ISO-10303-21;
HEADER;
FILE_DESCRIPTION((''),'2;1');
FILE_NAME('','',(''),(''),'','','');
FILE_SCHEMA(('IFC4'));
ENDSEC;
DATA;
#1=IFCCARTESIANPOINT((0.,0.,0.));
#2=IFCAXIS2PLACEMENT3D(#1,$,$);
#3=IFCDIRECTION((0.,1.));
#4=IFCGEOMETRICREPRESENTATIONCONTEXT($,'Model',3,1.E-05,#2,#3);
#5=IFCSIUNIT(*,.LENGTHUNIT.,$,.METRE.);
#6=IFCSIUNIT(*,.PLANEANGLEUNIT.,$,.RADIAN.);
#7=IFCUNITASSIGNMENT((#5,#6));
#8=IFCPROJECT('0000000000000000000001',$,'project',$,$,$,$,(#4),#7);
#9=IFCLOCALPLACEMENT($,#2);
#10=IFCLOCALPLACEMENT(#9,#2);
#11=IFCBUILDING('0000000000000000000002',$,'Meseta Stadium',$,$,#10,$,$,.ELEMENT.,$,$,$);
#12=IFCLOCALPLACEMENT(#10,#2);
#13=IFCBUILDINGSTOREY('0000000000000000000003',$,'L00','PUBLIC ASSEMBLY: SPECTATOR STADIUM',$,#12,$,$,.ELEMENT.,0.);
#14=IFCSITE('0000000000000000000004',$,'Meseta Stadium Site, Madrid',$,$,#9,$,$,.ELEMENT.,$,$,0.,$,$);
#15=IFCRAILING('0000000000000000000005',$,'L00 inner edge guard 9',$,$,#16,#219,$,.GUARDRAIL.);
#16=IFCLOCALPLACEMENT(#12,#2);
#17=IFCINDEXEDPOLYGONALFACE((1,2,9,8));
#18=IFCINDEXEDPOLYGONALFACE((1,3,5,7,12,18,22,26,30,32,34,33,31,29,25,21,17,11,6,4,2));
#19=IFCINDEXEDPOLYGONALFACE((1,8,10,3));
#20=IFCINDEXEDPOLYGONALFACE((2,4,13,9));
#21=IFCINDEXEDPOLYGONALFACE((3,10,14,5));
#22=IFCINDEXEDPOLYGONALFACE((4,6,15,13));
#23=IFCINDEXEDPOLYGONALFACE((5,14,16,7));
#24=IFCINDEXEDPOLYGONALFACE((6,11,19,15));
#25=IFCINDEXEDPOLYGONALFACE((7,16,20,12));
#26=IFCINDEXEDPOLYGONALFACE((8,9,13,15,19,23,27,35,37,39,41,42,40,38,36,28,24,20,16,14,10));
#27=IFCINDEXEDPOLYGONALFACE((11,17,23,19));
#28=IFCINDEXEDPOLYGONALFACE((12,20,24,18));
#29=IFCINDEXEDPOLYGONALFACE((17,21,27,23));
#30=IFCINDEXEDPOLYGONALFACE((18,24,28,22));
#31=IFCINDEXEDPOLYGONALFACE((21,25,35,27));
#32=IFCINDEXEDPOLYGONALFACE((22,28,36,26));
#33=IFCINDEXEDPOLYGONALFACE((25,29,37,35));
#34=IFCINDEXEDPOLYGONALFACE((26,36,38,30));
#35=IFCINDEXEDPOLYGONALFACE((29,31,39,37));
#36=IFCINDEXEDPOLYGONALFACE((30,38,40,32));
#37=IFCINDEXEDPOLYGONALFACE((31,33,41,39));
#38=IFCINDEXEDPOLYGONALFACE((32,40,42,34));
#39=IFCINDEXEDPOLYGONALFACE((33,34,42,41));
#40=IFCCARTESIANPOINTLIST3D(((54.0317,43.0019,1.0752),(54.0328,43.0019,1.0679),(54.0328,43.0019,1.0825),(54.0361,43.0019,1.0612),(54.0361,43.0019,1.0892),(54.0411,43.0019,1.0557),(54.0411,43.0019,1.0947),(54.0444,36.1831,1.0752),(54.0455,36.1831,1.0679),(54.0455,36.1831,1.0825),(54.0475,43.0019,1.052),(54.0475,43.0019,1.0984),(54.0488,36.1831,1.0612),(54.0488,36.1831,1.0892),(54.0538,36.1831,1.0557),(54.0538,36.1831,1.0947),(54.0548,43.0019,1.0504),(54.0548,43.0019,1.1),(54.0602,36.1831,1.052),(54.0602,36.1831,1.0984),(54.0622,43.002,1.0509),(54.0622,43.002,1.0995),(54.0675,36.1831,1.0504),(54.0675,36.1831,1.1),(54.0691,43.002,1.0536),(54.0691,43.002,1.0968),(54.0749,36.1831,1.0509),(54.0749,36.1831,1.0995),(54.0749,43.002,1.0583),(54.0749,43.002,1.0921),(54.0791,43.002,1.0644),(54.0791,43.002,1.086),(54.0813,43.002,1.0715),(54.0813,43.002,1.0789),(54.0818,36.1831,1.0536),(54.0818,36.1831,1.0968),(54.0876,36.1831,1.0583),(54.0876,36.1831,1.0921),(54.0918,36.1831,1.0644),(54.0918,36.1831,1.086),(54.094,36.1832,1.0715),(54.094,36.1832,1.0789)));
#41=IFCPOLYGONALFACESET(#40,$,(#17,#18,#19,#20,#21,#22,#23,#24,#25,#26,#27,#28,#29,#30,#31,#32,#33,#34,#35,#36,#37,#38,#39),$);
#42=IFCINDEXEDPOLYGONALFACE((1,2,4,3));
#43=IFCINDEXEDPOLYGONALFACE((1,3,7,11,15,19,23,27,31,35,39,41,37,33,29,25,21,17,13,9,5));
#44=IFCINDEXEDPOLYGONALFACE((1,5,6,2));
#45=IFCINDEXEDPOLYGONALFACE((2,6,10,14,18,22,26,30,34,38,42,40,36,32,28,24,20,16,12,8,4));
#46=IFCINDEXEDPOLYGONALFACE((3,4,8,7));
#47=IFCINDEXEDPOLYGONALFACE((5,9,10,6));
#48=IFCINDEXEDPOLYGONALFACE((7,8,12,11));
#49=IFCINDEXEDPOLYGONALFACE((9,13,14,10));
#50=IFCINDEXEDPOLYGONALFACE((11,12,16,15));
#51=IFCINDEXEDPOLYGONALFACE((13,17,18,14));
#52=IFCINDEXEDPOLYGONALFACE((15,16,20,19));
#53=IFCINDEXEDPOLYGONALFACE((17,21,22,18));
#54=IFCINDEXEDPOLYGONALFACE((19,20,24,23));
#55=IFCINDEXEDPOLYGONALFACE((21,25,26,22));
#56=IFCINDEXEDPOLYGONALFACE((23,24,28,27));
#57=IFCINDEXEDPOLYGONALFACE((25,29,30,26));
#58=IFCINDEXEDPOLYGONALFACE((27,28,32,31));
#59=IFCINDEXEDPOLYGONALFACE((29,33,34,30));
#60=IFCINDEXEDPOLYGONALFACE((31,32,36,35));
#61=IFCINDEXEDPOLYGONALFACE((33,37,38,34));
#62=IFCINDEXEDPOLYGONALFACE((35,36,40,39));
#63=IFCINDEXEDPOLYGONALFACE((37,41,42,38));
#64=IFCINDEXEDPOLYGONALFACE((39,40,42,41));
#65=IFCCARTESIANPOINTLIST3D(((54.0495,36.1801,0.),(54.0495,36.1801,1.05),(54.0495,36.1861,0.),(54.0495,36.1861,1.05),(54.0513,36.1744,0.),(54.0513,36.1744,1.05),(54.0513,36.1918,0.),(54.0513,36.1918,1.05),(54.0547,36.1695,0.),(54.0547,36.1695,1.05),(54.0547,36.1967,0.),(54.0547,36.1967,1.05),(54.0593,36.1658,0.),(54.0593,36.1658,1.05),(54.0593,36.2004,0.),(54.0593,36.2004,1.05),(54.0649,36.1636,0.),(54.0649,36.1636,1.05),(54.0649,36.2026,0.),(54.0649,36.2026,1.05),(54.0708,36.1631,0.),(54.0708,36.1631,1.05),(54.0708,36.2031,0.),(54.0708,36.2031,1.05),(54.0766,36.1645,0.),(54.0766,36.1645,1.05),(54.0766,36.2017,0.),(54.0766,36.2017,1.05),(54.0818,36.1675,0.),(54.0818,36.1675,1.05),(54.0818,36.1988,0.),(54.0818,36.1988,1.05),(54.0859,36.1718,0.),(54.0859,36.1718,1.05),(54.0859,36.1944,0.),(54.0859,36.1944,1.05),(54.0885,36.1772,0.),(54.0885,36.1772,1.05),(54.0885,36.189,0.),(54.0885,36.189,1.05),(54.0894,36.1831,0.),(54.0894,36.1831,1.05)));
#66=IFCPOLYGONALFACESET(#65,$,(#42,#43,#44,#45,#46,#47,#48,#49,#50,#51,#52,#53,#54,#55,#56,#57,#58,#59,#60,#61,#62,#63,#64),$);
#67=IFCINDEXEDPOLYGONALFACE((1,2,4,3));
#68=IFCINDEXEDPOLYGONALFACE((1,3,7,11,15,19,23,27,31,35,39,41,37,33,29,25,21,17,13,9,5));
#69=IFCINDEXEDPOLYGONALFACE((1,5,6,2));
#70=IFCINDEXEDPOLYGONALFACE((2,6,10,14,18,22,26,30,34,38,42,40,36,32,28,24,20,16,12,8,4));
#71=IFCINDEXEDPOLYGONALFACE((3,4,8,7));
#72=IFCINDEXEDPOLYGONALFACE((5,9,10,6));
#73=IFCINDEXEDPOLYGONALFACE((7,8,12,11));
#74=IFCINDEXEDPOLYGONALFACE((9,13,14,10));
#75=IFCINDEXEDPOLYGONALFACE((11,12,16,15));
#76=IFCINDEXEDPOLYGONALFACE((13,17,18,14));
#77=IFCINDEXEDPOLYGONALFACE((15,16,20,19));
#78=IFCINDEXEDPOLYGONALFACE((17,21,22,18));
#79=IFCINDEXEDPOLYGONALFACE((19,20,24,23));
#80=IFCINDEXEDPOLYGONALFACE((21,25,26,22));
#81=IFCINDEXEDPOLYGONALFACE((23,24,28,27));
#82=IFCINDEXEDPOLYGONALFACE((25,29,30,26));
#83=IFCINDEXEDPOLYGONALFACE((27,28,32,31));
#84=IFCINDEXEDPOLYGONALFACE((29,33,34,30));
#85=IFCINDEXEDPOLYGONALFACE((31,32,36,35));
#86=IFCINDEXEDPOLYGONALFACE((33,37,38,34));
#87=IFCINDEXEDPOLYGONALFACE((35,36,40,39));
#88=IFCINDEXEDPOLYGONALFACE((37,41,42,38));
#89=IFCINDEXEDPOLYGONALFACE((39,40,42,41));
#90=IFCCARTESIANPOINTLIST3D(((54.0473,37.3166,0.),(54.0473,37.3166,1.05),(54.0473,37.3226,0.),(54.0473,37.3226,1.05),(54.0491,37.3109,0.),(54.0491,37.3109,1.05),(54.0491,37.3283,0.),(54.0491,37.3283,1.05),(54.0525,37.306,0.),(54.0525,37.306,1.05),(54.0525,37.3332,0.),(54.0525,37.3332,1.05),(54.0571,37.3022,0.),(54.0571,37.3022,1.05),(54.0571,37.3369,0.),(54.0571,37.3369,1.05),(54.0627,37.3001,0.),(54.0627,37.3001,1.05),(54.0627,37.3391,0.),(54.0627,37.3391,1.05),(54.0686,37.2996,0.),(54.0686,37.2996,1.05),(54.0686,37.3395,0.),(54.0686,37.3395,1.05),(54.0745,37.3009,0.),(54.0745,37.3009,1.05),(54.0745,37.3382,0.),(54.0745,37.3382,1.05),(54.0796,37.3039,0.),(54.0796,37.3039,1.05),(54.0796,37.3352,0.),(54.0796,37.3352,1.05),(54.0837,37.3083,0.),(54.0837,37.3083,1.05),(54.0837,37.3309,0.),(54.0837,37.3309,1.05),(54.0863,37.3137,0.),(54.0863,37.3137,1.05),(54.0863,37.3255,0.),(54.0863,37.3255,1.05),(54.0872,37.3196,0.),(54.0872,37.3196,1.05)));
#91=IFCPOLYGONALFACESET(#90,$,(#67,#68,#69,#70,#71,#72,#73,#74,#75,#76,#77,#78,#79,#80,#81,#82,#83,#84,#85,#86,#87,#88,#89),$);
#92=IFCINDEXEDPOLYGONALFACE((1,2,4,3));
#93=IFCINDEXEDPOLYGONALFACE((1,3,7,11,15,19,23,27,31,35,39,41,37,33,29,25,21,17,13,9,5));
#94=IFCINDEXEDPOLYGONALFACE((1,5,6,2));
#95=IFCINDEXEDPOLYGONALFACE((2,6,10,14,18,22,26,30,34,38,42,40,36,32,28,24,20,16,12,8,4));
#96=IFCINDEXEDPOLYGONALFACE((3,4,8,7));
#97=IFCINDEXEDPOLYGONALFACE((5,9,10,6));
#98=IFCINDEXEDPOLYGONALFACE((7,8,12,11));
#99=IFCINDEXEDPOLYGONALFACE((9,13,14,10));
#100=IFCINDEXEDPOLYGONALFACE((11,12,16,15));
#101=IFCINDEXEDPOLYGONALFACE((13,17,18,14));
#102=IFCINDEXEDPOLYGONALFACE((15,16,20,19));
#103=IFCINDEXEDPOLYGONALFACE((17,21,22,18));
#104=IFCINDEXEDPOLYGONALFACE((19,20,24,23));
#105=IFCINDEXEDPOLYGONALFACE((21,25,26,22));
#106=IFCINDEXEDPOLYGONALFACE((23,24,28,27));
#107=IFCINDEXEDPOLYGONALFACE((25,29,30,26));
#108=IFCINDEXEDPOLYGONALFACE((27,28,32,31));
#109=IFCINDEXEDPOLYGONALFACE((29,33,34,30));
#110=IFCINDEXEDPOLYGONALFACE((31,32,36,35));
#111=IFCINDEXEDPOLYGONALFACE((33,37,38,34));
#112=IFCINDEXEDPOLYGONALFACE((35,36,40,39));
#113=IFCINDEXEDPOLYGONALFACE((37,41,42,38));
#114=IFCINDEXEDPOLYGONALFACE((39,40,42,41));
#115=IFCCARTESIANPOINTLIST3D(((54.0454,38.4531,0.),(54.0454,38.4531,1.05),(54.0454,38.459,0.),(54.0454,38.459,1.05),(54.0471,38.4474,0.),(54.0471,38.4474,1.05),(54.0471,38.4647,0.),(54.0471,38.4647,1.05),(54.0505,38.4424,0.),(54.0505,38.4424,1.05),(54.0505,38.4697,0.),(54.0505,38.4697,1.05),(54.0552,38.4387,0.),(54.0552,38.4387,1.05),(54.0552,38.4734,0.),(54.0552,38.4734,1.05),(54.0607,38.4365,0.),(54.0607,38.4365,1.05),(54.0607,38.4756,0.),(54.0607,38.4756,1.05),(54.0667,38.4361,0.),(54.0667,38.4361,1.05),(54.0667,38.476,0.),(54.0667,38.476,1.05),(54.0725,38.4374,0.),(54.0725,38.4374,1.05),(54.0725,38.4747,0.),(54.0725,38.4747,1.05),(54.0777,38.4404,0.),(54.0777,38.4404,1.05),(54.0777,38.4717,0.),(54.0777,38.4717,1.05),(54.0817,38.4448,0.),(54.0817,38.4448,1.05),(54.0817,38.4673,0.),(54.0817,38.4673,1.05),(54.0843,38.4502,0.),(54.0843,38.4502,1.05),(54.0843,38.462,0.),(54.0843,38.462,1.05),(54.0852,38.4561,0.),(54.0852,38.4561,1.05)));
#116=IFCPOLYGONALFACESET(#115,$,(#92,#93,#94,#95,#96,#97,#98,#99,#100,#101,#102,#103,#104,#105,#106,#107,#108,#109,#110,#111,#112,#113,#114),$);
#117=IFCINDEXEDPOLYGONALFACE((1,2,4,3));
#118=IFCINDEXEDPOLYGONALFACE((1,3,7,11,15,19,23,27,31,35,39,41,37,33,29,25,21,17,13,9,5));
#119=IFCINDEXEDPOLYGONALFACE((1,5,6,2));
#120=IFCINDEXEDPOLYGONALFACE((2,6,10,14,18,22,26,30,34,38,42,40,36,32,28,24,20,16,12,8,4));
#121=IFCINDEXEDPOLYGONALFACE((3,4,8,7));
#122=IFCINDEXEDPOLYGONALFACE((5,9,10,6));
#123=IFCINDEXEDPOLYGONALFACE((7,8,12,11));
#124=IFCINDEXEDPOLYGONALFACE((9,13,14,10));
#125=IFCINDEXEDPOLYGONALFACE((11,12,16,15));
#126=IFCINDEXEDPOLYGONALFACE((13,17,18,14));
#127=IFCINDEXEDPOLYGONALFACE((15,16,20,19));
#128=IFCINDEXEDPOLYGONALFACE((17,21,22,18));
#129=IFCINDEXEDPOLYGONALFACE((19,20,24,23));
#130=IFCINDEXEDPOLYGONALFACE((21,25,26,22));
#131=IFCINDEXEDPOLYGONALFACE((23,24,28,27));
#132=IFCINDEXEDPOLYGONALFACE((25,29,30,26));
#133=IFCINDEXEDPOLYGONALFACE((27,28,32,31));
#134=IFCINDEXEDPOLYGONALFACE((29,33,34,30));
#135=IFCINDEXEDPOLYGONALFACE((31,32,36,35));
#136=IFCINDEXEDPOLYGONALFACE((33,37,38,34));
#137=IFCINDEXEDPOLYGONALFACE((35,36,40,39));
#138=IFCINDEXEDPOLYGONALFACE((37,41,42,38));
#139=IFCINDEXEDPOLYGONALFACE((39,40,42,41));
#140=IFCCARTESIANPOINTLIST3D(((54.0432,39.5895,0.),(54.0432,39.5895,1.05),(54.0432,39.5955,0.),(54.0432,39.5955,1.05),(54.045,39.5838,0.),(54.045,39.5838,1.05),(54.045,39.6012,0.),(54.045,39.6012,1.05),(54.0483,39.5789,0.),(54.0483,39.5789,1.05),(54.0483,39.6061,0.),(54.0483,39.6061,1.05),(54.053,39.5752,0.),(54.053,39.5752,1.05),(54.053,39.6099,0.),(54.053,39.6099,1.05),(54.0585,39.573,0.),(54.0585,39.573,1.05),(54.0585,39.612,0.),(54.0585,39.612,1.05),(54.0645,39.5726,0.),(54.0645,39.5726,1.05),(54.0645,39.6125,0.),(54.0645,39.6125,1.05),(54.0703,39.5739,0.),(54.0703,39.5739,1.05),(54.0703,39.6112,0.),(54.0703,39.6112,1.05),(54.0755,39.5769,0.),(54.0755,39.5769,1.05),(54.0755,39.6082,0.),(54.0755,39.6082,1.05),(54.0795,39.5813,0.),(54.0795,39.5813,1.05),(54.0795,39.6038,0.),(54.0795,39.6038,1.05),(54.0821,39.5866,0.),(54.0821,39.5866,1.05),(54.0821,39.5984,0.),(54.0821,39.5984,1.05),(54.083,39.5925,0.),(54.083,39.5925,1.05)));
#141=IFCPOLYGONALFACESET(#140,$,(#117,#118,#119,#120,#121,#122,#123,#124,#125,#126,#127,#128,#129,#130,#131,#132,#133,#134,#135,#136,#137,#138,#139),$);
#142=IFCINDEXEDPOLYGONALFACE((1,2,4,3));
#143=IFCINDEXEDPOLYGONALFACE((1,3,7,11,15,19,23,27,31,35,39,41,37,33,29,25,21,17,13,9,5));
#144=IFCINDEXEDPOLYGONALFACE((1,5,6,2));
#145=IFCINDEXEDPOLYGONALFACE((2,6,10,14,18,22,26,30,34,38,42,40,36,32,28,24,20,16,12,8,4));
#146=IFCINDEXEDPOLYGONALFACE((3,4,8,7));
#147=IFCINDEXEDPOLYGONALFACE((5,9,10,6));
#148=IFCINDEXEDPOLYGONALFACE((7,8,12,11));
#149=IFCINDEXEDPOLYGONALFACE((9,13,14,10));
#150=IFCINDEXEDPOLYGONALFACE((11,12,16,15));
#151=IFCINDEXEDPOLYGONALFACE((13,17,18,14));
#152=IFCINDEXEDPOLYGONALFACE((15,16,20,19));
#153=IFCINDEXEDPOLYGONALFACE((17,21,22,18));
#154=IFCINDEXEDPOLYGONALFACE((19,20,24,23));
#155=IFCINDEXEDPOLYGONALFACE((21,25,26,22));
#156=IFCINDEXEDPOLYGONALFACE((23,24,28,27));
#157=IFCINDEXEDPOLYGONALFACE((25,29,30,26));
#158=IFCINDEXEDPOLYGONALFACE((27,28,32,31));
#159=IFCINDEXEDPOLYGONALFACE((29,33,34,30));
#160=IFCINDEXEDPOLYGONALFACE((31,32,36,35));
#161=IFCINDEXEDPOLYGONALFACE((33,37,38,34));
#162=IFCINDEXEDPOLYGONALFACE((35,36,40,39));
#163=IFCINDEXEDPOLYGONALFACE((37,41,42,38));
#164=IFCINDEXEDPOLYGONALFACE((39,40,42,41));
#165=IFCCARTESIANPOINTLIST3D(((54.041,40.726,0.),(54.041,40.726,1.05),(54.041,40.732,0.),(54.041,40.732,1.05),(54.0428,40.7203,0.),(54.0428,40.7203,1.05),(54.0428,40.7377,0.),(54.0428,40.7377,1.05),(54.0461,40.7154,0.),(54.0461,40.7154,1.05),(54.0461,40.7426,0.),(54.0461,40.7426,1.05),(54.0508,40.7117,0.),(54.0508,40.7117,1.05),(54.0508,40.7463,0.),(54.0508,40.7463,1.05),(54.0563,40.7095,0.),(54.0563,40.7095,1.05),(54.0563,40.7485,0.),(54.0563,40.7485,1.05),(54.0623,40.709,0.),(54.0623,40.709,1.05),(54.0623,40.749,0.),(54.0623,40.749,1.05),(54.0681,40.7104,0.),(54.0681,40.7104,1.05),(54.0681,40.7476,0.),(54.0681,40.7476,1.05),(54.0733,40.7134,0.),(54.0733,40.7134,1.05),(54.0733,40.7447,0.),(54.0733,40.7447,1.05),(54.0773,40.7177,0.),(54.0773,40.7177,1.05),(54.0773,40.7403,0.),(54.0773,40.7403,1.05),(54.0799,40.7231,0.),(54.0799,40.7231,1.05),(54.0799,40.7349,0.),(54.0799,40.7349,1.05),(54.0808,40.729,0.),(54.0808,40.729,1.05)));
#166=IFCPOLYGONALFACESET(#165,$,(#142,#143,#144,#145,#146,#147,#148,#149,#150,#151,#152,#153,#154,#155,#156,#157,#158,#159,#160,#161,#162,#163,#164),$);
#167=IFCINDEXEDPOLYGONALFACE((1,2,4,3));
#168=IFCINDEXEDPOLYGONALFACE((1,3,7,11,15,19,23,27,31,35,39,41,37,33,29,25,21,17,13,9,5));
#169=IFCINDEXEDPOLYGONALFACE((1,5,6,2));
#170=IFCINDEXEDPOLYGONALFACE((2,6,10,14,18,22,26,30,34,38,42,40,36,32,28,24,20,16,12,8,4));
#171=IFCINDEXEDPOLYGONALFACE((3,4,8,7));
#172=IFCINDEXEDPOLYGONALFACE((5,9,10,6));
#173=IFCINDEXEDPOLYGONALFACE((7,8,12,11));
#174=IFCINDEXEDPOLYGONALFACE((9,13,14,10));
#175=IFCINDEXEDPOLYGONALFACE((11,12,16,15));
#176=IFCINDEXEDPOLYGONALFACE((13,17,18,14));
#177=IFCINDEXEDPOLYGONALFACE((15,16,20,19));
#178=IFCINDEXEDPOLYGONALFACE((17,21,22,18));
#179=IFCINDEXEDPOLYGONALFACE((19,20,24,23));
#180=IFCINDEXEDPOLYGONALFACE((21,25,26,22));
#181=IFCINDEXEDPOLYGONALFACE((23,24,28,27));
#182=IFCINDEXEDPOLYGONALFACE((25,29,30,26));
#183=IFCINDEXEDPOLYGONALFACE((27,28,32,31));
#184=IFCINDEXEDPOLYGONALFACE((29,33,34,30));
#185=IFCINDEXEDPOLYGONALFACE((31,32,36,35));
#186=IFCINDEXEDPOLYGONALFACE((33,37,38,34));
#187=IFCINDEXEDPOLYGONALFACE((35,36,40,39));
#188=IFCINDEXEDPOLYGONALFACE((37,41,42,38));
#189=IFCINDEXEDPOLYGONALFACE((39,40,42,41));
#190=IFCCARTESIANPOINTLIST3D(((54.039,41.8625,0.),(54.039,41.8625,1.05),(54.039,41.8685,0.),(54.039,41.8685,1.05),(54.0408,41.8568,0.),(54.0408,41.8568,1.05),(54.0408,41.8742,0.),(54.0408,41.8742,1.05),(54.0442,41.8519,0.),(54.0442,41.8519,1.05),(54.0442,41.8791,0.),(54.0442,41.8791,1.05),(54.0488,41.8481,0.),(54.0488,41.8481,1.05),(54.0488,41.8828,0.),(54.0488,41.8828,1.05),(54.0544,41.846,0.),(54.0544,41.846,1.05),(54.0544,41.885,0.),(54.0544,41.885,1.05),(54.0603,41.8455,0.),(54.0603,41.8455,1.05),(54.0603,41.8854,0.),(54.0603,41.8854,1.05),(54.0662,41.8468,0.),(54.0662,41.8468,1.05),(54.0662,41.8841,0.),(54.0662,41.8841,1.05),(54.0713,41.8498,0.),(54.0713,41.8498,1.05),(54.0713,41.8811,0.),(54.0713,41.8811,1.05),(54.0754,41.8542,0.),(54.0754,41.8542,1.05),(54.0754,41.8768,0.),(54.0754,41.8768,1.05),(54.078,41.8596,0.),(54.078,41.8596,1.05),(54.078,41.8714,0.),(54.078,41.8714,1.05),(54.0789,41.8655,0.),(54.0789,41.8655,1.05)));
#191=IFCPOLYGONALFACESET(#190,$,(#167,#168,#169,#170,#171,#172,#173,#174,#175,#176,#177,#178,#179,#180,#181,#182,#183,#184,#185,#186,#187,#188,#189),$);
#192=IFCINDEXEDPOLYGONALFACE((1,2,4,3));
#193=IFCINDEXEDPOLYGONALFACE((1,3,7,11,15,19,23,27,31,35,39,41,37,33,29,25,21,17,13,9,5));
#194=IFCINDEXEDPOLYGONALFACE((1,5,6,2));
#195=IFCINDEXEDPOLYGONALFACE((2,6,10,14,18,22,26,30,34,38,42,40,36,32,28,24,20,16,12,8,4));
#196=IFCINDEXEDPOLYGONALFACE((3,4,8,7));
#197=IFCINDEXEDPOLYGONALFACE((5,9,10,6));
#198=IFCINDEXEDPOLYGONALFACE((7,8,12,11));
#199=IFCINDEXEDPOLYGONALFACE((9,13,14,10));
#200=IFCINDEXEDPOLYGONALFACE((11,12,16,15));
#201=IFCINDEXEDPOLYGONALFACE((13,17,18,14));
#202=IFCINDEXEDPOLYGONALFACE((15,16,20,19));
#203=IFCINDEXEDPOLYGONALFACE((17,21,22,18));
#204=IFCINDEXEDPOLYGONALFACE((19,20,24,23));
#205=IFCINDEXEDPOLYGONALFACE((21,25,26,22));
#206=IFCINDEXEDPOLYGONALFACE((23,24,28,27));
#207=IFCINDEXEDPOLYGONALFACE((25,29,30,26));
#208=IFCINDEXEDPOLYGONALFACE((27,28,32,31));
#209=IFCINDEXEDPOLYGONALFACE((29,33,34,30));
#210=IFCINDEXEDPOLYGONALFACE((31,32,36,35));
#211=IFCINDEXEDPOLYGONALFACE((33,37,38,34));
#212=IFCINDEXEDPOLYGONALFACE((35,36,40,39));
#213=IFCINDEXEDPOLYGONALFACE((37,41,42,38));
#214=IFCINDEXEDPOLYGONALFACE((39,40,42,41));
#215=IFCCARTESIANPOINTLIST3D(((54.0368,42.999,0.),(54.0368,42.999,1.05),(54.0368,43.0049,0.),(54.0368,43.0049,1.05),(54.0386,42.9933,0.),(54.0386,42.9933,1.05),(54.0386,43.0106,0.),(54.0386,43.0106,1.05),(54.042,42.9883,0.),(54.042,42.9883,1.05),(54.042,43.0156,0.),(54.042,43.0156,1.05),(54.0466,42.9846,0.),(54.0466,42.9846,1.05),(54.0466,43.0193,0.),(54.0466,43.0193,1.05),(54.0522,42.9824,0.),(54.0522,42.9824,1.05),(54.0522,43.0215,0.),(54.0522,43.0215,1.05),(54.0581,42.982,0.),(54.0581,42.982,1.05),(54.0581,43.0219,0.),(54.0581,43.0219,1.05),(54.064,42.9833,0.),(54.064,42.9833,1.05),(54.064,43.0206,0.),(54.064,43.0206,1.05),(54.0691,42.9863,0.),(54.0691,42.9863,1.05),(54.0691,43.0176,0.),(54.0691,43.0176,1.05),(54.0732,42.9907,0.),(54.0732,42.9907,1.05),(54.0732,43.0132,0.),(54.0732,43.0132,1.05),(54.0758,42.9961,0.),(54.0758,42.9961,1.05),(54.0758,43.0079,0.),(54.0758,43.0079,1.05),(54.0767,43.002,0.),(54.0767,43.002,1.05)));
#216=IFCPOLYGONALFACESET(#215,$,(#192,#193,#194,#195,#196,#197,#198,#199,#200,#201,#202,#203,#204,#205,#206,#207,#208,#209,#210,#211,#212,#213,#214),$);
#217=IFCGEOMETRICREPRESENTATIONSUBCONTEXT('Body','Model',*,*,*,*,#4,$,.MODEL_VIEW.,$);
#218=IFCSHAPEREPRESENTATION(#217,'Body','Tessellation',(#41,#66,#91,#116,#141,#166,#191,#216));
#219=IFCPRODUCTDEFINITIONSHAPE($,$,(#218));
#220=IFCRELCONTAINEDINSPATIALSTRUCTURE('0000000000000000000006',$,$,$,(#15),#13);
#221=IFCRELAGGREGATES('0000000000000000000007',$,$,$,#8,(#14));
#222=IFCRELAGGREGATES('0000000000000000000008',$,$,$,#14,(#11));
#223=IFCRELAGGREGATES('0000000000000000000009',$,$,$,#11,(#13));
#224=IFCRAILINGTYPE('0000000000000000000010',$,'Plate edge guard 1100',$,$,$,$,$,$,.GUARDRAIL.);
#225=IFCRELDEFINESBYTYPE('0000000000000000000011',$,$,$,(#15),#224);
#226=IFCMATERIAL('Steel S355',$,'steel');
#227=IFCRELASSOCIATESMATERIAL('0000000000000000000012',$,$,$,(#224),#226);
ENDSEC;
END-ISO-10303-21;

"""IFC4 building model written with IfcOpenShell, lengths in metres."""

from ifc_helpers import new_model, si_unit, direction, frame, origin, origin_2d, place, context, subcontext, project, spatial, circle, extrude, material, type_object, element, save


model = new_model("IFC4")

# Units and contexts
model_context = context("Model", 3, precision=1e-05, world=origin(), true_north=direction((0.0, 1.0)))
body_context = subcontext(model_context, "Body", "Model", "MODEL_VIEW")
ifc_project = project(units=[si_unit("LENGTHUNIT", "METRE"), si_unit("PLANEANGLEUNIT", "RADIAN")], contexts=[model_context])

# Site, building, storey
site_placement = place(None, origin())
site = spatial("IfcSite", under=ifc_project, at=site_placement, Name="Meseta Stadium Site, Madrid", CompositionType="ELEMENT", RefElevation=0.0)
building_placement = place(site_placement, origin())
building = spatial("IfcBuilding", under=site, at=building_placement, Name="Meseta Stadium", CompositionType="ELEMENT")
storey_placement = place(building_placement, origin())
storey = spatial("IfcBuildingStorey", under=building, at=storey_placement, Name="L00", Description="PUBLIC ASSEMBLY: SPECTATOR STADIUM", CompositionType="ELEMENT", Elevation=0.0)

# Railing
ifc_material_1 = material(Name="Steel S355", Category="steel")
railing_type_1 = type_object("IfcRailingType", Name="Plate edge guard 1100", PredefinedType="GUARDRAIL", material=ifc_material_1)
railing_1_placement = place(storey_placement, frame((54.0693, 36.1831, 0.0)))
element("IfcRailing", 1, at=railing_1_placement, inside=storey, type_object=railing_type_1, Name="L00 inner edge guard 9", PredefinedType="GUARDRAIL", context=body_context, shape_type="SweptSolid", body=[
    extrude(circle(Radius=0.0249, at=origin_2d()), frame((0.0, 0.0, 1.0752), z_axis=(-0.001862, 0.999998, 0.0), x_axis=(-0.999998, -0.001862, 0.0)), (0.0, 0.0, 1.0), 6.8188),
    extrude(circle(Radius=0.02, at=origin_2d()), origin(), (0.0, 0.0, 1.0), 1.05),
    extrude(circle(Radius=0.02, at=origin_2d()), frame((-0.0022, 1.1365, 0.0)), (0.0, 0.0, 1.0), 1.05),
    extrude(circle(Radius=0.02, at=origin_2d()), frame((-0.0042, 2.2729, 0.0)), (0.0, 0.0, 1.0), 1.05),
    extrude(circle(Radius=0.02, at=origin_2d()), frame((-0.0063, 3.4094, 0.0)), (0.0, 0.0, 1.0), 1.05),
    extrude(circle(Radius=0.02, at=origin_2d()), frame((-0.0085, 4.5459, 0.0)), (0.0, 0.0, 1.0), 1.05),
    extrude(circle(Radius=0.02, at=origin_2d()), frame((-0.0105, 5.6824, 0.0)), (0.0, 0.0, 1.0), 1.05),
    extrude(circle(Radius=0.02, at=origin_2d()), frame((-0.0127, 6.8188, 0.0)), (0.0, 0.0, 1.0), 1.05),
])

save(model, "model.ifc")
